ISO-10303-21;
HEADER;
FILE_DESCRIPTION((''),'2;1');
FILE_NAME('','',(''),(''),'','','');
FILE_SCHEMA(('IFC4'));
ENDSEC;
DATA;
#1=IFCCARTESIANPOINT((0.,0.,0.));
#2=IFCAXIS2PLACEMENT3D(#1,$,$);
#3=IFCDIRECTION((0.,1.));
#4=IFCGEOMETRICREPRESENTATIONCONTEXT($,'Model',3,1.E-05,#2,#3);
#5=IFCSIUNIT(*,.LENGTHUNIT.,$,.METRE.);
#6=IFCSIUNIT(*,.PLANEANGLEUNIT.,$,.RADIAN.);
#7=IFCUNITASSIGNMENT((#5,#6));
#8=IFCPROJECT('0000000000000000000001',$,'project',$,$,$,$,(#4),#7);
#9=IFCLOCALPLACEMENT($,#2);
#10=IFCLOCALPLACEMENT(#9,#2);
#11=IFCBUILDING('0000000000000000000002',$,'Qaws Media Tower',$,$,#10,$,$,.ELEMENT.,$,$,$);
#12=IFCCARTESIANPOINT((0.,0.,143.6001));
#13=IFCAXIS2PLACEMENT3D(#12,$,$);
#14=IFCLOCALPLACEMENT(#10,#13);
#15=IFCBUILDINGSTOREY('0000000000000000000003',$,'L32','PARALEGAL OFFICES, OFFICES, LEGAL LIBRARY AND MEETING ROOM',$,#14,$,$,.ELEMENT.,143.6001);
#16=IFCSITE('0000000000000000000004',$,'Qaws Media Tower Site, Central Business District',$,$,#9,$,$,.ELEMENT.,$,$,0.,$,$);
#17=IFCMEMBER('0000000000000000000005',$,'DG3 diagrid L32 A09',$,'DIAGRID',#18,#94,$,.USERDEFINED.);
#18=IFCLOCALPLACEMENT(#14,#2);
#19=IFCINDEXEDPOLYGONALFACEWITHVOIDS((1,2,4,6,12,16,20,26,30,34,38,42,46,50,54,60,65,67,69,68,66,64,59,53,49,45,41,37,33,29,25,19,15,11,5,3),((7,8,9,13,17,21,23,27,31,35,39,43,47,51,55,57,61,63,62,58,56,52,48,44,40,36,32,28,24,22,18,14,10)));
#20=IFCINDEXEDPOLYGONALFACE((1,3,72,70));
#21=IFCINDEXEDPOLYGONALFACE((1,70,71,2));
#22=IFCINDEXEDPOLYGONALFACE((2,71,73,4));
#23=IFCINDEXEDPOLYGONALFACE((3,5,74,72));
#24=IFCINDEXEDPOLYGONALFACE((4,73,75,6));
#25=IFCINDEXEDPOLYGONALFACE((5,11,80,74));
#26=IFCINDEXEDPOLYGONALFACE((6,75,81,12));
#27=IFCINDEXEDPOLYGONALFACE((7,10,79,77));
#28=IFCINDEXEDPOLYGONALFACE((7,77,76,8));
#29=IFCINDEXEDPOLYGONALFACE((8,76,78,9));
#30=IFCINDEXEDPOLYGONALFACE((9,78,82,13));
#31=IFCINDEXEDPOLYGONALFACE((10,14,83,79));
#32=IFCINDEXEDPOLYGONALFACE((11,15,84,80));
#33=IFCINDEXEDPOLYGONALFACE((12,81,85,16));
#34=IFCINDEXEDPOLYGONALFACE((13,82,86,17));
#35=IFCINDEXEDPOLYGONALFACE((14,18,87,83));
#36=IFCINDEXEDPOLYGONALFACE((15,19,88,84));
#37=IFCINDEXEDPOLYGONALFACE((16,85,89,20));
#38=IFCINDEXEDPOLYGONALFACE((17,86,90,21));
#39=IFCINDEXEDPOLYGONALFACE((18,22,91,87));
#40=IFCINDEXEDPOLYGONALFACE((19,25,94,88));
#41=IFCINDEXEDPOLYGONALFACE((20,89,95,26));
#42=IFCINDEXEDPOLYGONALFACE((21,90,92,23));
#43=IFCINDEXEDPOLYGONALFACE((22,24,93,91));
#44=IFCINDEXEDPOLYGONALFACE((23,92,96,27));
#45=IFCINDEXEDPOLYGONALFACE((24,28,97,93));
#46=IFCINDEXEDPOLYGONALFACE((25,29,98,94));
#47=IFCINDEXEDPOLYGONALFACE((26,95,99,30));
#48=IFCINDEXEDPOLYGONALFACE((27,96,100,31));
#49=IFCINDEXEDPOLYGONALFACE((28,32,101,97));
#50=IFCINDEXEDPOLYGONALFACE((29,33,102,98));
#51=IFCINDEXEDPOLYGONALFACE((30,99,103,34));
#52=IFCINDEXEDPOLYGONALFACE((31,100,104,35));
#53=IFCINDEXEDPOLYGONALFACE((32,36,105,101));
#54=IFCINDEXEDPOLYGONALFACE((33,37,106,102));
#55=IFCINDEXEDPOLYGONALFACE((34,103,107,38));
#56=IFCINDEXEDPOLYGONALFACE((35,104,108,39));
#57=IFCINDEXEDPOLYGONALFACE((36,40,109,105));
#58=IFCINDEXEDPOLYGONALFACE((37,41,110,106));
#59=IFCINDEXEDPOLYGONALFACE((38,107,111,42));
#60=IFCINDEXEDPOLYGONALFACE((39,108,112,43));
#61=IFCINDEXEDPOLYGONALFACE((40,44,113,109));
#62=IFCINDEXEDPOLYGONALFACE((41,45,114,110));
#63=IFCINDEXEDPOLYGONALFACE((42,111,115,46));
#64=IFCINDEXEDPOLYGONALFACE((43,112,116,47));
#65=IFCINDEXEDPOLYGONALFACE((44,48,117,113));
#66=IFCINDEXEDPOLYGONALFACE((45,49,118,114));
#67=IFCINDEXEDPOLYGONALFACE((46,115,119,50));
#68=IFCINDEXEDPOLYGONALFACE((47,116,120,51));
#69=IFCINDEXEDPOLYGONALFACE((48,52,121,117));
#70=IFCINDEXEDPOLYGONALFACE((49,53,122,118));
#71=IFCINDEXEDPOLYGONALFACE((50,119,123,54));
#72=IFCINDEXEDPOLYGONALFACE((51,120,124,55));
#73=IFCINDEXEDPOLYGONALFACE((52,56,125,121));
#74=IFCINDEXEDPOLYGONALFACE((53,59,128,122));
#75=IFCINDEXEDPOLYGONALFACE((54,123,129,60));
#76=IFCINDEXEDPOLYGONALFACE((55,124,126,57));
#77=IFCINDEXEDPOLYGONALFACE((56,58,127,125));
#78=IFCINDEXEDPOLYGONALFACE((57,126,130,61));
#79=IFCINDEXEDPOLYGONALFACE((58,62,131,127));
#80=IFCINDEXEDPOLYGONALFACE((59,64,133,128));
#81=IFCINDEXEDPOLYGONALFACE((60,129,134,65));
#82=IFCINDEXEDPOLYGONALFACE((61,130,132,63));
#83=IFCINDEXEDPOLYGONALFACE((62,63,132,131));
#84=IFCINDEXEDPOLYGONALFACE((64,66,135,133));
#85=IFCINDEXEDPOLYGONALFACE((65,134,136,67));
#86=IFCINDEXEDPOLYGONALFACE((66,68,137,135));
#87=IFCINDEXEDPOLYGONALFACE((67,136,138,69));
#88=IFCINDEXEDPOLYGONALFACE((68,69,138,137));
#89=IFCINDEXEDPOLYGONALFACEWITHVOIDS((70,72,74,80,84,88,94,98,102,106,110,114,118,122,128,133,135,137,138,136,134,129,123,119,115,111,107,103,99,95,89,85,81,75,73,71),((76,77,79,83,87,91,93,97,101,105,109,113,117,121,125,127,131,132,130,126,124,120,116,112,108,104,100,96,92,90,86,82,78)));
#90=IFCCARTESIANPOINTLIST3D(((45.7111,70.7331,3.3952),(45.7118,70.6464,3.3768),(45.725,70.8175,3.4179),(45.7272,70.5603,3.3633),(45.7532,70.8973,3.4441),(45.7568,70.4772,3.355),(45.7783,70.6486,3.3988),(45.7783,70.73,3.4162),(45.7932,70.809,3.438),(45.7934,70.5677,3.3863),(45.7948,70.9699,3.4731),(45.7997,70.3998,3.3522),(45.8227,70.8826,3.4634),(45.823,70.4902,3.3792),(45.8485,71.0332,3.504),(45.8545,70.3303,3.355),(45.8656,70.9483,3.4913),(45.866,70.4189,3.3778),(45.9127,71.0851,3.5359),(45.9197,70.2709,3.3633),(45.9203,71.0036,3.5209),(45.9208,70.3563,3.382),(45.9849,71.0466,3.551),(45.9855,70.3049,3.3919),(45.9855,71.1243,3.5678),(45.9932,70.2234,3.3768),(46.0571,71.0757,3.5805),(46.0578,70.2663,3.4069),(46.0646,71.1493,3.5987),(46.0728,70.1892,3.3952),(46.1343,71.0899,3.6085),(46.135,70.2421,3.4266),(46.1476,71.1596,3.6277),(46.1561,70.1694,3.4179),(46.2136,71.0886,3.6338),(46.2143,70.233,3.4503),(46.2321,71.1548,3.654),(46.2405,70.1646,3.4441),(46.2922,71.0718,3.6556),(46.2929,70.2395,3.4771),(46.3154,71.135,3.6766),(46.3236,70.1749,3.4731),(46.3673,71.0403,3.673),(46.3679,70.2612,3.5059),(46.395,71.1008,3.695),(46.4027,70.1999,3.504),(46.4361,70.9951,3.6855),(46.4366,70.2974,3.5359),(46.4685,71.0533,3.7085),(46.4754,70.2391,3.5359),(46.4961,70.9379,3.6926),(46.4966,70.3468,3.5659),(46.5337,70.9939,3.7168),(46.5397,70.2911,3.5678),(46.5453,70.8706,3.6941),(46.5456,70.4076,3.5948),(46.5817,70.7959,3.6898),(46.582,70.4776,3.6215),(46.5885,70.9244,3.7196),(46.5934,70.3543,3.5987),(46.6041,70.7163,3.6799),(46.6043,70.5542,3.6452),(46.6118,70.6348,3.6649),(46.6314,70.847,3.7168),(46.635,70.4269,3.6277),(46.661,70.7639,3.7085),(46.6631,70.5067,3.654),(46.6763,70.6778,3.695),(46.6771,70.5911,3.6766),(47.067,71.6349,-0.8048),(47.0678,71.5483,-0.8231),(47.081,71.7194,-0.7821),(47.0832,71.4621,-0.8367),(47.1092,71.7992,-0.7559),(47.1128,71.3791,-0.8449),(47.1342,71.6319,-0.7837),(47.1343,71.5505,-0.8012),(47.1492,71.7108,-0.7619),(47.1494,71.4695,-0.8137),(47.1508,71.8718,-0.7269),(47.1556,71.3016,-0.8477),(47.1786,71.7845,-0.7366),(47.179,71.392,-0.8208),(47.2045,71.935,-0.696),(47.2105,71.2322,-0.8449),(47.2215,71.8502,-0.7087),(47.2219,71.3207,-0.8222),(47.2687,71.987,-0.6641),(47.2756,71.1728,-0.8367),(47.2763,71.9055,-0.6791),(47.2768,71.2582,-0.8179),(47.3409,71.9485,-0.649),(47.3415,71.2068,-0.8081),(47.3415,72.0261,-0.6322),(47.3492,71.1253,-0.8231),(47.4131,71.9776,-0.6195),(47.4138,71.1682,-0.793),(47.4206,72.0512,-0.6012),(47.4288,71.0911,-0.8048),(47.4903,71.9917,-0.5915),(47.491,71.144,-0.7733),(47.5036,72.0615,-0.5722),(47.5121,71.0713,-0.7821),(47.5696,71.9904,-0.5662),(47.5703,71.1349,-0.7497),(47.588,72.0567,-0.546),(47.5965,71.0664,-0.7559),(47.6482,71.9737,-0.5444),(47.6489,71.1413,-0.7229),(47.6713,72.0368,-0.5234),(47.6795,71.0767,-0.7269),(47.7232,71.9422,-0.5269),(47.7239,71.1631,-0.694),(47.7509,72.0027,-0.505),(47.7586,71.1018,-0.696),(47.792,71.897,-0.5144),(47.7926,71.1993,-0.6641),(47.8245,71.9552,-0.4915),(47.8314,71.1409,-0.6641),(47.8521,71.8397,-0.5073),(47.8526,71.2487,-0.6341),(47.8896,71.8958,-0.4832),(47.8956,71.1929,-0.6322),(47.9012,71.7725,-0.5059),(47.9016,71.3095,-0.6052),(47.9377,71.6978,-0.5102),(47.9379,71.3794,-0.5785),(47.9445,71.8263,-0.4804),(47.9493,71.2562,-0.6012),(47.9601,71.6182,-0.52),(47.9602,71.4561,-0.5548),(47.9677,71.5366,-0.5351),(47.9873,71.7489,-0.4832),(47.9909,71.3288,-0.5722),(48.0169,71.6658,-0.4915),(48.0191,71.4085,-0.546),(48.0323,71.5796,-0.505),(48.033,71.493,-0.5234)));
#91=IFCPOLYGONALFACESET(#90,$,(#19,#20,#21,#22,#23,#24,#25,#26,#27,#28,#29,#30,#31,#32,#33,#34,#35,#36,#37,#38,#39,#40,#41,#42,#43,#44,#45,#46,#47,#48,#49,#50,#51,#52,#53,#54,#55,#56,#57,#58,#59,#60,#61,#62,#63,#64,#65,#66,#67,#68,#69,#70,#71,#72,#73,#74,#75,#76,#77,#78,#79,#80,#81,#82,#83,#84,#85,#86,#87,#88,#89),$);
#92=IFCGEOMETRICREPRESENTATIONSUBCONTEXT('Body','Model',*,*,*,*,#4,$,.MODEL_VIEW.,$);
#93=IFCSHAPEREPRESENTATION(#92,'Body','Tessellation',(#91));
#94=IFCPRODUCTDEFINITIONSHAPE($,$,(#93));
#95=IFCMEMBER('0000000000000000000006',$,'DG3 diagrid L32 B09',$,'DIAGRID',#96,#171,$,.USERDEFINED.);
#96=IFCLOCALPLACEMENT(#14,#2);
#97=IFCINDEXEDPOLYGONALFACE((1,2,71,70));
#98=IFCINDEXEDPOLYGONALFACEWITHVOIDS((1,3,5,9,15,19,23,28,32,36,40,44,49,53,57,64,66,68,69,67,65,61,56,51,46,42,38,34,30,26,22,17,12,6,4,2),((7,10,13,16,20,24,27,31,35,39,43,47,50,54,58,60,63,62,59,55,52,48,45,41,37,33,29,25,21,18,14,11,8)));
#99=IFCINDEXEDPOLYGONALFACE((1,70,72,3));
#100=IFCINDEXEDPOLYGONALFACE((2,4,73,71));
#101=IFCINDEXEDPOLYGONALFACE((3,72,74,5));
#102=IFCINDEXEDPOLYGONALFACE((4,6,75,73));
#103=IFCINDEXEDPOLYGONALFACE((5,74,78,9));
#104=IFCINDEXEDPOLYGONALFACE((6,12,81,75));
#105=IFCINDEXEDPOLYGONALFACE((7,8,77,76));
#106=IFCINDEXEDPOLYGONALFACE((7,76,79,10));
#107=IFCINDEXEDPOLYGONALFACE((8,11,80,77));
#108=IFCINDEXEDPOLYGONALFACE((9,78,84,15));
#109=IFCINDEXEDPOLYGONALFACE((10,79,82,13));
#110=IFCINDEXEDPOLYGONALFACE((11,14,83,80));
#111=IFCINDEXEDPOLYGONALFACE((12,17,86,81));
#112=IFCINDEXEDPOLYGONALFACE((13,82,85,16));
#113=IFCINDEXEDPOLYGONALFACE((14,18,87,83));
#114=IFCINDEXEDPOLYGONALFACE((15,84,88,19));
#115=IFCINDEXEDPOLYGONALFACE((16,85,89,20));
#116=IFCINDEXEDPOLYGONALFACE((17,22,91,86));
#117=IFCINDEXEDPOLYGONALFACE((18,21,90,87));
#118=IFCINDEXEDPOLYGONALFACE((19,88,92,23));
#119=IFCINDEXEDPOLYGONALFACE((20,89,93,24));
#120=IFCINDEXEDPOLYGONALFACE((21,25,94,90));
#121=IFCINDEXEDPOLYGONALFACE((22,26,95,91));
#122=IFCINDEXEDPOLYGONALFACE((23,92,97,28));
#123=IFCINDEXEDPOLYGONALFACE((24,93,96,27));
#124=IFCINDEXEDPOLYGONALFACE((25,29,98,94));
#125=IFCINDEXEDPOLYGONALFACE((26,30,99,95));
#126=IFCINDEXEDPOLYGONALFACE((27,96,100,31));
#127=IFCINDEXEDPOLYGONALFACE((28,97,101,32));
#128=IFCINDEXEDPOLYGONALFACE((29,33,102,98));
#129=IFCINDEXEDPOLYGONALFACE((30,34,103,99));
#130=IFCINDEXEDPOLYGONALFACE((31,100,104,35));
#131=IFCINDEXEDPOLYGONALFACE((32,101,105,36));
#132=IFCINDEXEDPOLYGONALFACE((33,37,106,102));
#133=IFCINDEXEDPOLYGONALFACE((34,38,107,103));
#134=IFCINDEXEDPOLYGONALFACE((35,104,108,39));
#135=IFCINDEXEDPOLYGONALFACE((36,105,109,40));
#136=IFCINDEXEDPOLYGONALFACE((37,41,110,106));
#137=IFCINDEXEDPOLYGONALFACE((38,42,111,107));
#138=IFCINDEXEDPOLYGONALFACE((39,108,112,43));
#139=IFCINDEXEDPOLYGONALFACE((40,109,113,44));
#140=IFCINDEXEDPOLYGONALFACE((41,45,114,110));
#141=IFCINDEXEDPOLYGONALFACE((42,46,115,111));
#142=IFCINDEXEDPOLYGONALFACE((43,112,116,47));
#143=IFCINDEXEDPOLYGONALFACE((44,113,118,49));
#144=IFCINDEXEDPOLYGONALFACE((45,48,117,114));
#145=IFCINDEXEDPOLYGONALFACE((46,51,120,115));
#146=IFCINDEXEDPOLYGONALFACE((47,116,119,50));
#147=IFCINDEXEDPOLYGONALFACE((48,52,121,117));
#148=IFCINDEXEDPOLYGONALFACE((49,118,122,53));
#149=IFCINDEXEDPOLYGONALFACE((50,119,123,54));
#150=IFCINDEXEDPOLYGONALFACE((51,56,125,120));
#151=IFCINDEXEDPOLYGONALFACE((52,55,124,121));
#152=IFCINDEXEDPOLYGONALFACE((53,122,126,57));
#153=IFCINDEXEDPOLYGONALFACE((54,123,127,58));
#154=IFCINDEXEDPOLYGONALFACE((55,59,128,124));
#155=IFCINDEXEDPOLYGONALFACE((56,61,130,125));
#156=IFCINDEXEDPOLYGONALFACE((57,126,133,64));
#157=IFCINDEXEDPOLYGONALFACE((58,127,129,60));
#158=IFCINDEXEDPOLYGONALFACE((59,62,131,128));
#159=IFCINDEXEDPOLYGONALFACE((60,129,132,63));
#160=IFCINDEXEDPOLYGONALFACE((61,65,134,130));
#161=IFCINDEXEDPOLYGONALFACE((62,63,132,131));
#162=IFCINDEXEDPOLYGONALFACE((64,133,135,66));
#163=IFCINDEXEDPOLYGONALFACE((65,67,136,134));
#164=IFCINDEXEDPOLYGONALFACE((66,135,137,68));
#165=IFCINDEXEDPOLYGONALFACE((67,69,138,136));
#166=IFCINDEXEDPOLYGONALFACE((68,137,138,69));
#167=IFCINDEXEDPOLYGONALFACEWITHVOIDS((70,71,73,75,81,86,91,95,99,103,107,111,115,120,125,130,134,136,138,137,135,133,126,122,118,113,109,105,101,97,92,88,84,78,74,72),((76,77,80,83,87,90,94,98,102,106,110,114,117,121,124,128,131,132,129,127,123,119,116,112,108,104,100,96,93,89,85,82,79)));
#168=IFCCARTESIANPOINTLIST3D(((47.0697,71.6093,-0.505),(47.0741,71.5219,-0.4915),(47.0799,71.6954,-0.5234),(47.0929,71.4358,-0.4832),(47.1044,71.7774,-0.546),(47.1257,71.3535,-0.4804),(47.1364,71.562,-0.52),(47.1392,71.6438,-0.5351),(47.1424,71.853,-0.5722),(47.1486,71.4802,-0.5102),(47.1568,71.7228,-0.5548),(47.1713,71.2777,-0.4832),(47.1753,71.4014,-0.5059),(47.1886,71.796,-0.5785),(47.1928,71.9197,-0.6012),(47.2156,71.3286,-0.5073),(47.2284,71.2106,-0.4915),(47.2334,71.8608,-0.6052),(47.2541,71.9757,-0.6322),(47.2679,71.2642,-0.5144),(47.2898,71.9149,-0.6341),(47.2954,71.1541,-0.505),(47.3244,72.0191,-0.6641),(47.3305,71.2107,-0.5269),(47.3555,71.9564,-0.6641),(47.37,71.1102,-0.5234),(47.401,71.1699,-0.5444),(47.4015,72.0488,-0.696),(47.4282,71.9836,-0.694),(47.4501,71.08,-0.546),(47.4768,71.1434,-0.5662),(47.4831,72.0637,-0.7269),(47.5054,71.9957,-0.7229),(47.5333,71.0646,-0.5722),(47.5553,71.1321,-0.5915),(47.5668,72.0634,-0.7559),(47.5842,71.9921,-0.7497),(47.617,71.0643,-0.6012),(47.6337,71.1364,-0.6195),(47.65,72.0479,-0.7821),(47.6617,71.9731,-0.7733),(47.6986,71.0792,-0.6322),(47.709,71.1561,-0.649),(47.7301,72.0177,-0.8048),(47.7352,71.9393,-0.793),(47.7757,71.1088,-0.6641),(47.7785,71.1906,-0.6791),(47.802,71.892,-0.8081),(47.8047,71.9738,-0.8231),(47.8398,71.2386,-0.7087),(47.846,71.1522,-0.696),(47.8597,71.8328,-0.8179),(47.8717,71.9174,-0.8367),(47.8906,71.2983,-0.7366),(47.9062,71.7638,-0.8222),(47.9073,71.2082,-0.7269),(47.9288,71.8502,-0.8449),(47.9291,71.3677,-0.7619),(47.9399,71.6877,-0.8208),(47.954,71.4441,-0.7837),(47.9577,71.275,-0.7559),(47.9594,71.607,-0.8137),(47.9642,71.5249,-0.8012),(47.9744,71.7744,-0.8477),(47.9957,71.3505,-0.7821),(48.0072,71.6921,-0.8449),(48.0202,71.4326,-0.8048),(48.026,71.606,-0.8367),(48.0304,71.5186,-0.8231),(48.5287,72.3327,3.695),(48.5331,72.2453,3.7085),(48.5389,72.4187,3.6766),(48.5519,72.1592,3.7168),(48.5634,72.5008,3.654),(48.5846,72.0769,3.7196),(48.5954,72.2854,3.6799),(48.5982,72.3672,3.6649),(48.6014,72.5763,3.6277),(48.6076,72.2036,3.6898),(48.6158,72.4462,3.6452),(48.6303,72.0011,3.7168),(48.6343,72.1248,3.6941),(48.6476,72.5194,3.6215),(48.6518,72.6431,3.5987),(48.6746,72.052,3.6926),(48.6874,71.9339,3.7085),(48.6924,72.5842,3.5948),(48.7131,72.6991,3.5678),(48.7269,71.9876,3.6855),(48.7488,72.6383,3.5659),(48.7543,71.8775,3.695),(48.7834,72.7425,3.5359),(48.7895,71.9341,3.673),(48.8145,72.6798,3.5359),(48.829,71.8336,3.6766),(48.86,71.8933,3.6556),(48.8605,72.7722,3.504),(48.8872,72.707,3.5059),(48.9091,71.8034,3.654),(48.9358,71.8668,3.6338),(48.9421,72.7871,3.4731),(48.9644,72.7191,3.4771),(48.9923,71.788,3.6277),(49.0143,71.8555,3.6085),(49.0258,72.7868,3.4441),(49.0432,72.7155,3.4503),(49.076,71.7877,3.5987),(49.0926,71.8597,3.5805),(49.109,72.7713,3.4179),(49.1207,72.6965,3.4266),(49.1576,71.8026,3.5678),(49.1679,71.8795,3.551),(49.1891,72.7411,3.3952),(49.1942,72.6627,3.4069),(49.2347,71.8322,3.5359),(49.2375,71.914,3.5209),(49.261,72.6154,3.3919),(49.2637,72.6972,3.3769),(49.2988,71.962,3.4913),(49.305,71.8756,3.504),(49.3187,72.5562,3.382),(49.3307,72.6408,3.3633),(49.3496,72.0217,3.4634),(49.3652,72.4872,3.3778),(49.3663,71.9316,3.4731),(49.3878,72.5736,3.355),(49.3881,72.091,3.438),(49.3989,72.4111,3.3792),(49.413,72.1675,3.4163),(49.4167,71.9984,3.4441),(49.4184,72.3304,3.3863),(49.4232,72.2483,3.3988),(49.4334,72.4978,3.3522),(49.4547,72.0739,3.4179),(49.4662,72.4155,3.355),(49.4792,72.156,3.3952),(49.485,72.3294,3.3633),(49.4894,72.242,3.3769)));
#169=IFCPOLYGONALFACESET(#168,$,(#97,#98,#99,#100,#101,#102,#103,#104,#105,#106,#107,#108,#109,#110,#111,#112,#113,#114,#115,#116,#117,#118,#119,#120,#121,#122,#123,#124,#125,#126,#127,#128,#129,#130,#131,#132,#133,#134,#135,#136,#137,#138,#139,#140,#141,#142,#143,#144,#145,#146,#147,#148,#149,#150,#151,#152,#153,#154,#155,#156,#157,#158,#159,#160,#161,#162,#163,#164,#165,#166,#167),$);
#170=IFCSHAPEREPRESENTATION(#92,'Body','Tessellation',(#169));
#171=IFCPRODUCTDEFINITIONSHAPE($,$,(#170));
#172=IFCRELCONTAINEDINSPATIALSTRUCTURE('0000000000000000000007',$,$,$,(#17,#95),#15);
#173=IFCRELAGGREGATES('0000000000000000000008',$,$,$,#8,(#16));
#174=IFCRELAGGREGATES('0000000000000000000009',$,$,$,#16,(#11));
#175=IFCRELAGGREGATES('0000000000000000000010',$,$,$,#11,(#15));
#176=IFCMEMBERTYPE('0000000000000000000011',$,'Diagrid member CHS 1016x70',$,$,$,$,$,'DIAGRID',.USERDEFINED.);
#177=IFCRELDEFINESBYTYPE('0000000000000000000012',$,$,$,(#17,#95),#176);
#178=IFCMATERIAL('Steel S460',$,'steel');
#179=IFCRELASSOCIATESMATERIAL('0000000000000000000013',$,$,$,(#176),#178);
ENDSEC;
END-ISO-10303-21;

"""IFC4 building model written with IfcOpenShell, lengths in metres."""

from ifc_helpers import new_model, si_unit, direction, frame, origin, origin_2d, place, context, subcontext, project, spatial, hollow_circle, extrude, material, material_profile, profile_set, type_object, element, save


model = new_model("IFC4")

# Units and contexts
model_context = context("Model", 3, precision=1e-05, world=origin(), true_north=direction((0.0, 1.0)))
body_context = subcontext(model_context, "Body", "Model", "MODEL_VIEW")
ifc_project = project(units=[si_unit("LENGTHUNIT", "METRE"), si_unit("PLANEANGLEUNIT", "RADIAN")], contexts=[model_context])

# Site, building, storey
site_placement = place(None, origin())
site = spatial("IfcSite", under=ifc_project, at=site_placement, Name="Qaws Media Tower Site, Central Business District", CompositionType="ELEMENT", RefElevation=0.0)
building_placement = place(site_placement, origin())
building = spatial("IfcBuilding", under=site, at=building_placement, Name="Qaws Media Tower", CompositionType="ELEMENT")
storey_placement = place(building_placement, frame((0.0, 0.0, 143.6001)))
storey = spatial("IfcBuildingStorey", under=building, at=storey_placement, Name="L32", Description="PARALEGAL OFFICES, OFFICES, LEGAL LIBRARY AND MEETING ROOM", CompositionType="ELEMENT", Elevation=143.6001)

# Members
ifc_material_1 = material(Name="Steel S460", Category="steel")
ifc_material_profile_1 = material_profile(ifc_material_1, hollow_circle(Radius=0.5081, WallThickness=0.0701, at=origin_2d()), Name="CHS 1016x70")
ifc_profile_set_1 = profile_set([ifc_material_profile_1], Name="Steel S460")
member_type_1 = type_object("IfcMemberType", Name="Diagrid member CHS 1016x70", ElementType="DIAGRID", PredefinedType="USERDEFINED", material=ifc_profile_set_1)
for number, where, z_axis, x_axis, name in (
    (1, (47.55, 71.564, -0.6641), (-0.301015, -0.200207, 0.932366), (0.5538, -0.832649, 0.0), "DG3 diagrid L32 A09"),
    (2, (47.55, 71.564, -0.6641), (0.323887, 0.160589, 0.932367), (-0.444213, 0.895921, 0.0), "DG3 diagrid L32 B09"),
):
    element("IfcMember", number, at=place(storey_placement, frame(where, z_axis=z_axis, x_axis=x_axis)), inside=storey, type_object=member_type_1, Name=name, ObjectType="DIAGRID", PredefinedType="USERDEFINED", context=body_context, shape_type="SweptSolid", body=[
        extrude(hollow_circle(Radius=0.5081, WallThickness=0.0701, at=origin_2d()), origin(), (0.0, 0.0, 1.0), 4.5046),
    ])

save(model, "model.ifc")
